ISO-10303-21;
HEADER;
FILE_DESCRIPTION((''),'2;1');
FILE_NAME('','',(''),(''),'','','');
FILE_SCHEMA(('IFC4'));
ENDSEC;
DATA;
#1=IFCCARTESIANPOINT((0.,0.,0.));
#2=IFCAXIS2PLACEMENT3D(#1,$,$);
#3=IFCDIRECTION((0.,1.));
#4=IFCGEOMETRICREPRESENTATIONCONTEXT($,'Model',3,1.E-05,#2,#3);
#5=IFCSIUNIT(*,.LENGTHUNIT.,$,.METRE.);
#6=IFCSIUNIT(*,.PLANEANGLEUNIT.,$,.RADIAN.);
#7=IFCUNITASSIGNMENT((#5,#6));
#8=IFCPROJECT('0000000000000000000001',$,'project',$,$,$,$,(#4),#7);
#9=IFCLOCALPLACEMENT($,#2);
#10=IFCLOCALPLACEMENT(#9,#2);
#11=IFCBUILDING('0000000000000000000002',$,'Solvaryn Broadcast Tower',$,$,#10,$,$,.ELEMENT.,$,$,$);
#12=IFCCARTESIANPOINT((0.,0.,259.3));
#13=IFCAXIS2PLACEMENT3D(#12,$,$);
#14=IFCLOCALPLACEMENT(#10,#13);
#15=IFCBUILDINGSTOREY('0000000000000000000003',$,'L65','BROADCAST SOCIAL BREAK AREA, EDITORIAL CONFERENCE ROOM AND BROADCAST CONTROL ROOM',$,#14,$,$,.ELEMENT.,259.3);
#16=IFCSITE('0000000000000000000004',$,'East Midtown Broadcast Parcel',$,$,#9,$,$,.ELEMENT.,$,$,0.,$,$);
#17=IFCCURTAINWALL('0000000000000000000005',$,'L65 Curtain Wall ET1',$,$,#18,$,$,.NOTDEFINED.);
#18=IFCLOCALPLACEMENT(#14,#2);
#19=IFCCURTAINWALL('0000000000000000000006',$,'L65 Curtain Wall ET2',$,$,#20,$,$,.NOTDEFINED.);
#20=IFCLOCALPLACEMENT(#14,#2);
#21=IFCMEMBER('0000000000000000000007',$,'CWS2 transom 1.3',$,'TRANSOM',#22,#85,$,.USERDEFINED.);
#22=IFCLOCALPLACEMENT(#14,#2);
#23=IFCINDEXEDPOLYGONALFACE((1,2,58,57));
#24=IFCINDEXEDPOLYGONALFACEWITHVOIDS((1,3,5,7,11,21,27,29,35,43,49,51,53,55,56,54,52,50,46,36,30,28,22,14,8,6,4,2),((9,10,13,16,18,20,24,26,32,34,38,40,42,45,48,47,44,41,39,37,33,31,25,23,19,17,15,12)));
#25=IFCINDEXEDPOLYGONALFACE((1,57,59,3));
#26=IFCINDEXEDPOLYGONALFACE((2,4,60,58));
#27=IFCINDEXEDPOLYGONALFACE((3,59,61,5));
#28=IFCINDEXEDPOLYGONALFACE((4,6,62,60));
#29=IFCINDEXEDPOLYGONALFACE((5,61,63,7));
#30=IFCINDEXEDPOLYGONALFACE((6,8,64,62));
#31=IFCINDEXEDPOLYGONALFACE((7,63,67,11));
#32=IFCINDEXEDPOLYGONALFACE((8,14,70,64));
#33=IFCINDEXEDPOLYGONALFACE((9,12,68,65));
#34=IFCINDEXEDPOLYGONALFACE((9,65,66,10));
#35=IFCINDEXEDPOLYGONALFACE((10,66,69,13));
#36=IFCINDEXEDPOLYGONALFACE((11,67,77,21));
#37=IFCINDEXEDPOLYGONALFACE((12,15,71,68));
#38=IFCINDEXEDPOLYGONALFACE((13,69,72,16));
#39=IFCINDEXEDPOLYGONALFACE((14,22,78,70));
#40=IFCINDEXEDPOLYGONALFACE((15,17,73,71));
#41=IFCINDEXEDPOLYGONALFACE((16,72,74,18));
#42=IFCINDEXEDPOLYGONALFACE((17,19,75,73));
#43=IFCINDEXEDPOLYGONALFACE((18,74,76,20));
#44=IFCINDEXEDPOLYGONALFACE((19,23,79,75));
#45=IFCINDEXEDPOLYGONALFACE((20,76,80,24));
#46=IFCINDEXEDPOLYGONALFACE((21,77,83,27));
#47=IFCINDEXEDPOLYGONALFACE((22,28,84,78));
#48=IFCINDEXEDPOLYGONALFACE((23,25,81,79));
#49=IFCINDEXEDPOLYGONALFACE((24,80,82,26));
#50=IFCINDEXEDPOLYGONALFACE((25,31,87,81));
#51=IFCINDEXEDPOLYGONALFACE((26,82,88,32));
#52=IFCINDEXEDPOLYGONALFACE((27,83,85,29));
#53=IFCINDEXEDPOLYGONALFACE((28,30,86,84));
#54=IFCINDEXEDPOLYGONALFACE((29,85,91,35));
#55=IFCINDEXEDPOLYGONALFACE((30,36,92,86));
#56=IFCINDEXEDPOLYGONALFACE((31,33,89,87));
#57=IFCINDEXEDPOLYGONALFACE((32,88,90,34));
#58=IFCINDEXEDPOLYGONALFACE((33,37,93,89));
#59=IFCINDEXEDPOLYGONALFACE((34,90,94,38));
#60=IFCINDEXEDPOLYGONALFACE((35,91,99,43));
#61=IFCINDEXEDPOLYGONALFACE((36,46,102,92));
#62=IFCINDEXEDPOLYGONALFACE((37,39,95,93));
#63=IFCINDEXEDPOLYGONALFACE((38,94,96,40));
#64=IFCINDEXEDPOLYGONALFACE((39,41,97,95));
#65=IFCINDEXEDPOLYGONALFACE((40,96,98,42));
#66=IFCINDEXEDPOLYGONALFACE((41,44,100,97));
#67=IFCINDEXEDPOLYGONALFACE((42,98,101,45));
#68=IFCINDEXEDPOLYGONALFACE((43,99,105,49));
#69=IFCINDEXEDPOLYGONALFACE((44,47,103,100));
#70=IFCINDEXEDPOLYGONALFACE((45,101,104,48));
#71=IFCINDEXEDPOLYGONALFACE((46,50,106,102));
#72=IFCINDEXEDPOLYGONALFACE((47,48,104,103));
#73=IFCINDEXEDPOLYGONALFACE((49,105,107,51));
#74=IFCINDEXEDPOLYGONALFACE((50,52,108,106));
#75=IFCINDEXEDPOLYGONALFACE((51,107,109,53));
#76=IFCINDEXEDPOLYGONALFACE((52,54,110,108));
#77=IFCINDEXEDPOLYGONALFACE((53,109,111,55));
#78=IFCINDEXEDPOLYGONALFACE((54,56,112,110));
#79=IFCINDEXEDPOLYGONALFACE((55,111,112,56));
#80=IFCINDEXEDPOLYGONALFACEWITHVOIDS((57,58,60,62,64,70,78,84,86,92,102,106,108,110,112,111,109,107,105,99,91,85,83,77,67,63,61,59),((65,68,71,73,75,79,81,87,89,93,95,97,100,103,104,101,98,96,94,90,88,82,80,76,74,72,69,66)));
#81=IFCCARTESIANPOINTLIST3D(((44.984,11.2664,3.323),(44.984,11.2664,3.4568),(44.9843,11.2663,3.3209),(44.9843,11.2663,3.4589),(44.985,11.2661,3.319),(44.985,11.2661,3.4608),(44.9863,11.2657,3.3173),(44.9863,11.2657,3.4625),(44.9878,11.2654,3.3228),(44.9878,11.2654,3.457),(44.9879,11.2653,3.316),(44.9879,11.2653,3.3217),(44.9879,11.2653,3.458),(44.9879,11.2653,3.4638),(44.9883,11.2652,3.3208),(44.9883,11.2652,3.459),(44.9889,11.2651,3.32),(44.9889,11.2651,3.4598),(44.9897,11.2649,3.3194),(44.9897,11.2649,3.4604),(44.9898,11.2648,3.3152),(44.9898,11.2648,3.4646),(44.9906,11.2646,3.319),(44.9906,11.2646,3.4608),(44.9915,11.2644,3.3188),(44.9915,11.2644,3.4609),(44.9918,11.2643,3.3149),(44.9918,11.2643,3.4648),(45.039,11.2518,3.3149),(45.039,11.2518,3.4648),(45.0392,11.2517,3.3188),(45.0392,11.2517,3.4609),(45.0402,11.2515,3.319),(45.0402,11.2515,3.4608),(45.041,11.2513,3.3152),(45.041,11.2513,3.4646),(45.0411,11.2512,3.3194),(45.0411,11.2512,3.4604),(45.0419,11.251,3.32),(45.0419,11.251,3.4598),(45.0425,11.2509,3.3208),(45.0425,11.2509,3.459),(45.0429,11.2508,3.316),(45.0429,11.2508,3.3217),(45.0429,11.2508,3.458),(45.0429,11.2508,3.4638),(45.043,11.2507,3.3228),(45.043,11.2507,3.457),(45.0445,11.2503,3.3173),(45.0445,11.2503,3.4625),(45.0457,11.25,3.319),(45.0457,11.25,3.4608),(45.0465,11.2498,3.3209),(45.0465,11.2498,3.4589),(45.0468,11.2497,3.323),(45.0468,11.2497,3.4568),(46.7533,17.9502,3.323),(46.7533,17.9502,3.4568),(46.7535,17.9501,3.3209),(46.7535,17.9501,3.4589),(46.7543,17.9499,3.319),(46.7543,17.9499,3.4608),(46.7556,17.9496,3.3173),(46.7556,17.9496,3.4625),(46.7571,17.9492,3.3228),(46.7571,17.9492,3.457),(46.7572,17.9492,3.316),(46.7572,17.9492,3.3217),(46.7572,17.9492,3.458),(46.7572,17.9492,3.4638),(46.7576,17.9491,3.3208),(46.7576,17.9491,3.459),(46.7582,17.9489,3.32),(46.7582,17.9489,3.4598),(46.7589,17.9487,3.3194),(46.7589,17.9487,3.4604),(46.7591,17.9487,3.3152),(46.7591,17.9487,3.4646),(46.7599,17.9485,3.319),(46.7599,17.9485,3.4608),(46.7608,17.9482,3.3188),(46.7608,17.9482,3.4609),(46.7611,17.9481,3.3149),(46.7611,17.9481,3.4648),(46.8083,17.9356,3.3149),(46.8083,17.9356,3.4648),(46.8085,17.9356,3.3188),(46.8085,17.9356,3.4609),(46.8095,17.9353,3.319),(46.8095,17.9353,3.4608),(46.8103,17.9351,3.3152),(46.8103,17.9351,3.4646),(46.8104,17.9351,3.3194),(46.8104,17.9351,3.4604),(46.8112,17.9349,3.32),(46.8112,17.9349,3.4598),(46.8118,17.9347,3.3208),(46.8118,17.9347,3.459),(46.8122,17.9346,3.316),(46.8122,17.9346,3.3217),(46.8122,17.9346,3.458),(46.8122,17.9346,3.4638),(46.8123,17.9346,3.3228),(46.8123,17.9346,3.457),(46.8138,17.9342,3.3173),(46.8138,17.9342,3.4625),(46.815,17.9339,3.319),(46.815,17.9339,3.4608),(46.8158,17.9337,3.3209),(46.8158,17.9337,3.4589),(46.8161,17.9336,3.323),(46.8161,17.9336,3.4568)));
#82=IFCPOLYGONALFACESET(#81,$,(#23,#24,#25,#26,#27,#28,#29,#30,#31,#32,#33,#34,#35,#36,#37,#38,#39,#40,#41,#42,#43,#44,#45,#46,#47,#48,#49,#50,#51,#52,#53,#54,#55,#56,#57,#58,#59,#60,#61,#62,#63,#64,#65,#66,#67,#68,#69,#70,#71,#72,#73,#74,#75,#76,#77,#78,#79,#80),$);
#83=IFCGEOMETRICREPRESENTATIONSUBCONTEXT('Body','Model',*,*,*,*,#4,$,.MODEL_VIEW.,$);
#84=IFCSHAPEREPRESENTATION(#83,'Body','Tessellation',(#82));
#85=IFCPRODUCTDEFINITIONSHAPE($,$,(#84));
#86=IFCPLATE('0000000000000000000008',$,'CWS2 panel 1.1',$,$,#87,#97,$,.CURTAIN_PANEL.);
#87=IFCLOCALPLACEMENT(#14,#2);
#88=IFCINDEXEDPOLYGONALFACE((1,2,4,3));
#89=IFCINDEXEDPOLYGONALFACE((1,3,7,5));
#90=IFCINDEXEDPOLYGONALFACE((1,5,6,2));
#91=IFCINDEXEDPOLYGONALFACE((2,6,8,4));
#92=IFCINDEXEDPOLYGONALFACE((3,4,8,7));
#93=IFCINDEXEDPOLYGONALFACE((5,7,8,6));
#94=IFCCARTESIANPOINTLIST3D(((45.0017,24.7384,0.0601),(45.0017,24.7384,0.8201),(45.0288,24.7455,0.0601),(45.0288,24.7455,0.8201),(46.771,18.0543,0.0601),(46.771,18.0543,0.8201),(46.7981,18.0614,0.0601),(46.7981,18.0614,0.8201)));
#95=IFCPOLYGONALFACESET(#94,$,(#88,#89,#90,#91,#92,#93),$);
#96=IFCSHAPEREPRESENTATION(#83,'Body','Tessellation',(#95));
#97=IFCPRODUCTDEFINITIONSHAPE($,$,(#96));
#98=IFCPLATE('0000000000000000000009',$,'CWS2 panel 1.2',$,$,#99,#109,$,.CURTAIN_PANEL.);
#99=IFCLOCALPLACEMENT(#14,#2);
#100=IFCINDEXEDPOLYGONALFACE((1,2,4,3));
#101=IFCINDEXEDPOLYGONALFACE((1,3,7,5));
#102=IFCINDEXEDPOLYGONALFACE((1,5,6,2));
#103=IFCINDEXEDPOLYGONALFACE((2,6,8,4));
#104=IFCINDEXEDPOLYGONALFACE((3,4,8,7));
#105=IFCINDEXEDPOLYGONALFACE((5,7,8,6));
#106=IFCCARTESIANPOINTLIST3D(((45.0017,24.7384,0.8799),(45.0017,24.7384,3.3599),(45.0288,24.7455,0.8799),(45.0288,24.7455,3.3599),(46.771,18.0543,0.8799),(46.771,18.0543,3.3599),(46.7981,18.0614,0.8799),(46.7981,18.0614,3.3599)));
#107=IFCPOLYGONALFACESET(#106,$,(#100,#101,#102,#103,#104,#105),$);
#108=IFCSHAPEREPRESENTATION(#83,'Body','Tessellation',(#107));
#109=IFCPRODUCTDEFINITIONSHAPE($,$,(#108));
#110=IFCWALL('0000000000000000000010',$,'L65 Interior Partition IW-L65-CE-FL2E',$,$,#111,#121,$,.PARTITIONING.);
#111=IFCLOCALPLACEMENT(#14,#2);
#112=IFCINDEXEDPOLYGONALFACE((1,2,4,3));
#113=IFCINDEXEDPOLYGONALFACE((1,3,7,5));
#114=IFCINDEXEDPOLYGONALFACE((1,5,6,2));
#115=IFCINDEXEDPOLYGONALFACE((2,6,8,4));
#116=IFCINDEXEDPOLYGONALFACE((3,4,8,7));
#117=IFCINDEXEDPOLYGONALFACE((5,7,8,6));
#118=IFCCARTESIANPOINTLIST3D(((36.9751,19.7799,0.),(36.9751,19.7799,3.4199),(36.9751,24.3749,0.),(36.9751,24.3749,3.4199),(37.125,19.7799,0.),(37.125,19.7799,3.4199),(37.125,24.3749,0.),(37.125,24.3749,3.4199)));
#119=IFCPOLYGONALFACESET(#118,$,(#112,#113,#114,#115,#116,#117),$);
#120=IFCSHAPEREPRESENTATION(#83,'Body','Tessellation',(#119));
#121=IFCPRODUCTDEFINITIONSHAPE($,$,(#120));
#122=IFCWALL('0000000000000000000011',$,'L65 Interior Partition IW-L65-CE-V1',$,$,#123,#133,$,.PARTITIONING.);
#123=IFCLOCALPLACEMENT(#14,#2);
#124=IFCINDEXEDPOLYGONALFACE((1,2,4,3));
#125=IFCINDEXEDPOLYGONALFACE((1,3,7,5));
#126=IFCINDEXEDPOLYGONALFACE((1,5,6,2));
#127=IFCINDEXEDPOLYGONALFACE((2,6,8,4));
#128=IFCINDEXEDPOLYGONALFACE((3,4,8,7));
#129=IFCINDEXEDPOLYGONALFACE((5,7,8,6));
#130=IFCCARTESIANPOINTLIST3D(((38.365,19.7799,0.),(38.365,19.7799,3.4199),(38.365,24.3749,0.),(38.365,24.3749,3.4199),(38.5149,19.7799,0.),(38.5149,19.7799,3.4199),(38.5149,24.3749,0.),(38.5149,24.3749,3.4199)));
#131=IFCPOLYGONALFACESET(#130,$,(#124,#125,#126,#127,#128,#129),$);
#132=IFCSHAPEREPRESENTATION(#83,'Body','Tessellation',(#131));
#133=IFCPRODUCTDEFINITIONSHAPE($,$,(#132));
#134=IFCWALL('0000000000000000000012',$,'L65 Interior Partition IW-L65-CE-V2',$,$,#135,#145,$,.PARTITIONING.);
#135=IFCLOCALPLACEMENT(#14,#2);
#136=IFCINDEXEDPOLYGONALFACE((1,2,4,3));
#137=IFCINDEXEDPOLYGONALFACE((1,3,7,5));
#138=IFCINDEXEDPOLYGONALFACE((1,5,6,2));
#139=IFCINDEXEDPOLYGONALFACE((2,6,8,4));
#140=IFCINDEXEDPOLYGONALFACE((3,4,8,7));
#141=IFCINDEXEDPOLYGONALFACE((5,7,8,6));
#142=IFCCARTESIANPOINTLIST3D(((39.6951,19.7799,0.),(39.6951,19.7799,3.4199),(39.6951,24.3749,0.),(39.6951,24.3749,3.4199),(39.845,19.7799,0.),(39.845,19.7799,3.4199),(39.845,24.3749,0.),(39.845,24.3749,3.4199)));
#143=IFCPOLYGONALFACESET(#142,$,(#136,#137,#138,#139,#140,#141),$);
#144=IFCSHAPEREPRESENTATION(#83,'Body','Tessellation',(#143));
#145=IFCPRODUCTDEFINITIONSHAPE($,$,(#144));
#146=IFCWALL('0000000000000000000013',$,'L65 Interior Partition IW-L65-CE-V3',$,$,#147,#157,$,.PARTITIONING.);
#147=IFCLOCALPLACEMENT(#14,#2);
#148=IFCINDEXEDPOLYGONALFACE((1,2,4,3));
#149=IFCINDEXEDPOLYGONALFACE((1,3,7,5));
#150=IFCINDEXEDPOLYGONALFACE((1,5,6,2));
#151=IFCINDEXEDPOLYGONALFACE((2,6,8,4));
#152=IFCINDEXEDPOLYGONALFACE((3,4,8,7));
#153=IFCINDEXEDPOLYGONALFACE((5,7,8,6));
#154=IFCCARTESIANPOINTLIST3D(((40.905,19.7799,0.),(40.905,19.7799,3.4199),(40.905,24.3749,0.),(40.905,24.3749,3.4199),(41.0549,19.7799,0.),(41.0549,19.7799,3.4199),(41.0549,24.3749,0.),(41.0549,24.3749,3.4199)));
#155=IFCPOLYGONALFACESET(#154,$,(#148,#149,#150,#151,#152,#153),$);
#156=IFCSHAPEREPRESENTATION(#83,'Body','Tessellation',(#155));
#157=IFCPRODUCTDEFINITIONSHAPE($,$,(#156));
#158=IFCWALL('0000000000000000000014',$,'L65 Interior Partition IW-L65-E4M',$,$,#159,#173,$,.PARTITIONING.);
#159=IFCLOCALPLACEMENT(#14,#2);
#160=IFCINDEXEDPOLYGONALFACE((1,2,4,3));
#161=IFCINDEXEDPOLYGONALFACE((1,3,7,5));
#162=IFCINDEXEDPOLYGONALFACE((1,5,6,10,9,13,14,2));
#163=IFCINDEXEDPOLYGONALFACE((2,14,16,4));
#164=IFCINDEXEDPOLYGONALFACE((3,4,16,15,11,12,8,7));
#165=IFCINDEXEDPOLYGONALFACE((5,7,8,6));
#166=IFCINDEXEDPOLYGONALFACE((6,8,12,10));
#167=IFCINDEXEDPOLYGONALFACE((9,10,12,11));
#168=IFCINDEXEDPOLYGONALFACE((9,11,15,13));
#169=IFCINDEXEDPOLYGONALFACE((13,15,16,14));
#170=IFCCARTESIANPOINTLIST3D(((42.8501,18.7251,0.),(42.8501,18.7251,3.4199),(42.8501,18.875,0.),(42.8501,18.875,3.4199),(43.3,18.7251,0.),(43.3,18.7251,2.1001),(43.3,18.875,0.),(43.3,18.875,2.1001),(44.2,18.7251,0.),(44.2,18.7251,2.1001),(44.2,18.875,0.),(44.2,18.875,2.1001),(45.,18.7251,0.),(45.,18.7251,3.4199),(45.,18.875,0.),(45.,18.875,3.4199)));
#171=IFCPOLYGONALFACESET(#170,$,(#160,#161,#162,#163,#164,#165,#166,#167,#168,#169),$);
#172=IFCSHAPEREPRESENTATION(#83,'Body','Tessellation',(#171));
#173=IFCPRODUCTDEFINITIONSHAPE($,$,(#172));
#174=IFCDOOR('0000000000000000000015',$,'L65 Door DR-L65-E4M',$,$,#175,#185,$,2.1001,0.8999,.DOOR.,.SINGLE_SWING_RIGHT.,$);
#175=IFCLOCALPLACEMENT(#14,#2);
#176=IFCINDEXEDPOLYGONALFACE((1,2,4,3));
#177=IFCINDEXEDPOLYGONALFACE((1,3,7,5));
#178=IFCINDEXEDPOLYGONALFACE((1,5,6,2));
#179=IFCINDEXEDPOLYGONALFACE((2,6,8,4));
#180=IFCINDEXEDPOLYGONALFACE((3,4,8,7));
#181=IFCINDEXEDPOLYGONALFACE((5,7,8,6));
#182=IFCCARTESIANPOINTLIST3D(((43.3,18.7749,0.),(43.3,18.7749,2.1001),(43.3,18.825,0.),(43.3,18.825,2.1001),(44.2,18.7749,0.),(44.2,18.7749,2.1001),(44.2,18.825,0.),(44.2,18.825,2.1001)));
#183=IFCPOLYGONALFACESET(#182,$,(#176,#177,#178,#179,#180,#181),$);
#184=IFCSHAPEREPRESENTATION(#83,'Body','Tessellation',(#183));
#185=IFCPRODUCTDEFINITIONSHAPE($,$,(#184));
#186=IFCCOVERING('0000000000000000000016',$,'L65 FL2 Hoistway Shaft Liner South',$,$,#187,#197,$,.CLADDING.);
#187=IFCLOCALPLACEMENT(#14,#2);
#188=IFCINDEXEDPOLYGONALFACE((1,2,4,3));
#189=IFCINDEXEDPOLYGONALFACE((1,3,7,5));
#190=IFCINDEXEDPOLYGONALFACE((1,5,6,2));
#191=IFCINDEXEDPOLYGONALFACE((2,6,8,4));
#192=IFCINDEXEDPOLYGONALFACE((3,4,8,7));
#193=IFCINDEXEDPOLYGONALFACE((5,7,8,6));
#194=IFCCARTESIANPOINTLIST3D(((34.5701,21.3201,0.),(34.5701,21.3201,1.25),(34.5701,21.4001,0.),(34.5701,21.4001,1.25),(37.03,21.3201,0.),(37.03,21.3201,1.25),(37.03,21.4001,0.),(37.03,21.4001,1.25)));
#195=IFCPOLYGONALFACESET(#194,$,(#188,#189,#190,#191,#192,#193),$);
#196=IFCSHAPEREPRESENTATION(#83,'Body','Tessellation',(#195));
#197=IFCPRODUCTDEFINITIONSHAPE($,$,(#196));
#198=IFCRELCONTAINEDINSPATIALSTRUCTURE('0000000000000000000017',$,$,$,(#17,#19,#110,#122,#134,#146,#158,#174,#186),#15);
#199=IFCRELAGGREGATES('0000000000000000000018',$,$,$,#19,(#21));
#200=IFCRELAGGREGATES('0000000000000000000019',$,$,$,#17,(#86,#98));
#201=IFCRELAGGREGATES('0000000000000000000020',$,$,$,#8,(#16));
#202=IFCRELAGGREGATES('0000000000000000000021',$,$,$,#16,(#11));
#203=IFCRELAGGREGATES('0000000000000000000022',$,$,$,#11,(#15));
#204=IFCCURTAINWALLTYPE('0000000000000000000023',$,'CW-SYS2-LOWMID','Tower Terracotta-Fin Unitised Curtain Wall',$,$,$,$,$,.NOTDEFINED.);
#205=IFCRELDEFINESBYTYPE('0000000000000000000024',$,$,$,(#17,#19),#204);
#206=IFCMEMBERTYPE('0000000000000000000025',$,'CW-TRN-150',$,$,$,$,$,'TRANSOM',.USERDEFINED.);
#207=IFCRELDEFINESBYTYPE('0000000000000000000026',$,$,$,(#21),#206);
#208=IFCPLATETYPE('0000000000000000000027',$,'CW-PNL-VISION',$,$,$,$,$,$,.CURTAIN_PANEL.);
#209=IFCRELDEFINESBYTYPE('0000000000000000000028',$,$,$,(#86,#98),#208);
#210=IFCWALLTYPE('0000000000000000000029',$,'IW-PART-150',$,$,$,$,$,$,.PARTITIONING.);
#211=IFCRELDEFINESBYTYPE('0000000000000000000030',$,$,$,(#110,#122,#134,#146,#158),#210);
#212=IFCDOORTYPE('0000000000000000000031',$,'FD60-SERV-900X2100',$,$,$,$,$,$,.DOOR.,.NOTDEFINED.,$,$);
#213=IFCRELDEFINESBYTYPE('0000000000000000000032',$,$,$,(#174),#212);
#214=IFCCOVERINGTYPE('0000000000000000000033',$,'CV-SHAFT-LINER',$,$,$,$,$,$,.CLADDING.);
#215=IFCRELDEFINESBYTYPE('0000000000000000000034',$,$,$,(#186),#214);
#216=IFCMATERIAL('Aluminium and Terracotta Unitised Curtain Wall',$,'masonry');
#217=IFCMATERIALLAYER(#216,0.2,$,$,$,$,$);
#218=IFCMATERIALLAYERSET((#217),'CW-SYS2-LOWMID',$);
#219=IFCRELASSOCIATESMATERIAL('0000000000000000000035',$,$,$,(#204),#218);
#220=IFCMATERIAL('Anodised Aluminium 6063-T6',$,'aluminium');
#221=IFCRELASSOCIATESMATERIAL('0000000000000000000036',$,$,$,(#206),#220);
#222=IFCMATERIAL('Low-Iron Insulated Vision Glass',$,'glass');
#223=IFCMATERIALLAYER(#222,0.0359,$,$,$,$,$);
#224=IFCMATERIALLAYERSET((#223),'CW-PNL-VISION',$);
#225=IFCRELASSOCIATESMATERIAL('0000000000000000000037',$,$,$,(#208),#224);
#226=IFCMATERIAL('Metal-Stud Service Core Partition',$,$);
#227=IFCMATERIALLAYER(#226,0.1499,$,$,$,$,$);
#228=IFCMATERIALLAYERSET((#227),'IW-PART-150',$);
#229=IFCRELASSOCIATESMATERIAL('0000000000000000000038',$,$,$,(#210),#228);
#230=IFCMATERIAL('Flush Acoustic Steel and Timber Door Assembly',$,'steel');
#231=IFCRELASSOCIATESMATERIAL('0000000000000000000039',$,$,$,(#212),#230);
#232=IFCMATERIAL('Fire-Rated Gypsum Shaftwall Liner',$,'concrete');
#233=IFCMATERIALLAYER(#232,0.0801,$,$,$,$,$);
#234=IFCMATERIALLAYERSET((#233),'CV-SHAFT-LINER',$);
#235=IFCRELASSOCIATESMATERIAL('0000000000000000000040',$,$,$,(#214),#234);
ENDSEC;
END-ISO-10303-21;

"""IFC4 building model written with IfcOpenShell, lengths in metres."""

from ifc_helpers import new_model, si_unit, direction, frame, frame_2d, origin, origin_2d, place, context, subcontext, project, spatial, rectangle, hollow_rectangle, extrude, material, layer, layer_set, material_profile, profile_set, type_object, element, fill, aggregate, save


model = new_model("IFC4")

# Units and contexts
model_context = context("Model", 3, precision=1e-05, world=origin(), true_north=direction((0.0, 1.0)))
body_context = subcontext(model_context, "Body", "Model", "MODEL_VIEW")
ifc_project = project(units=[si_unit("LENGTHUNIT", "METRE"), si_unit("PLANEANGLEUNIT", "RADIAN")], contexts=[model_context])

# Site, building, storey
site_placement = place(None, origin())
site = spatial("IfcSite", under=ifc_project, at=site_placement, Name="East Midtown Broadcast Parcel", CompositionType="ELEMENT", RefElevation=0.0)
building_placement = place(site_placement, origin())
building = spatial("IfcBuilding", under=site, at=building_placement, Name="Solvaryn Broadcast Tower", CompositionType="ELEMENT")
storey_placement = place(building_placement, frame((0.0, 0.0, 259.3)))
storey = spatial("IfcBuildingStorey", under=building, at=storey_placement, Name="L65", Description="BROADCAST SOCIAL BREAK AREA, EDITORIAL CONFERENCE ROOM AND BROADCAST CONTROL ROOM", CompositionType="ELEMENT", Elevation=259.3)

# Curtain wall
ifc_material_1 = material(Name="Aluminium and Terracotta Unitised Curtain Wall", Category="masonry")
ifc_layer_1 = layer(ifc_material_1, 0.2)
ifc_layer_set_1 = layer_set([ifc_layer_1], Name="CW-SYS2-LOWMID")
curtain_wall_type = type_object("IfcCurtainWallType", Name="CW-SYS2-LOWMID", Description="Tower Terracotta-Fin Unitised Curtain Wall", PredefinedType="NOTDEFINED", material=ifc_layer_set_1)
curtain_wall_1_placement = place(storey_placement, origin())
curtain_wall_1 = element("IfcCurtainWall", 1, at=curtain_wall_1_placement, inside=storey, type_object=curtain_wall_type, Name="L65 Curtain Wall ET1", PredefinedType="NOTDEFINED")

# Curtain wall, member
curtain_wall_2_placement = place(storey_placement, origin())
curtain_wall_2 = element("IfcCurtainWall", 2, at=curtain_wall_2_placement, inside=storey, type_object=curtain_wall_type, Name="L65 Curtain Wall ET2", PredefinedType="NOTDEFINED")
ifc_material_2 = material(Name="Anodised Aluminium 6063-T6", Category="aluminium")
ifc_material_profile_1 = material_profile(ifc_material_2, hollow_rectangle(XDim=0.0649, YDim=0.1499, WallThickness=0.0039, InnerFilletRadius=0.0039, OuterFilletRadius=0.0081, at=origin_2d()))
ifc_profile_set_1 = profile_set([ifc_material_profile_1], Name="Anodised Aluminium 6063-T6")
member_type_1 = type_object("IfcMemberType", Name="CW-TRN-150", ElementType="TRANSOM", PredefinedType="USERDEFINED", material=ifc_profile_set_1)
member_1_placement = place(storey_placement, frame((46.7847, 17.9419, 3.3899), z_axis=(-0.255897, -0.966704, 0.0), x_axis=(0.966704, -0.255897, 0.0)))
member_1 = element("IfcMember", 3, at=member_1_placement, type_object=member_type_1, Name="CWS2 transom 1.3", ObjectType="TRANSOM", PredefinedType="USERDEFINED", context=body_context, shape_type="SweptSolid", body=[
    extrude(hollow_rectangle(XDim=0.0649, YDim=0.1499, WallThickness=0.0039, InnerFilletRadius=0.0039, OuterFilletRadius=0.0081, at=origin_2d()), origin(), (0.0, 0.0, 1.0), 6.9141),
])
aggregate(curtain_wall_2, [member_1])

# Plates
ifc_material_3 = material(Name="Low-Iron Insulated Vision Glass", Category="glass")
ifc_layer_2 = layer(ifc_material_3, 0.0359)
ifc_layer_set_2 = layer_set([ifc_layer_2], Name="CW-PNL-VISION")
plate_type = type_object("IfcPlateType", Name="CW-PNL-VISION", PredefinedType="CURTAIN_PANEL", material=ifc_layer_set_2)
plate_1_placement = place(storey_placement, frame((45.8999, 21.3999, 0.0601), z_axis=(0.0, 0.0, 1.0), x_axis=(0.255893, -0.966705, 0.0)))
plate_1 = element("IfcPlate", 4, at=plate_1_placement, type_object=plate_type, Name="CWS2 panel 1.1", PredefinedType="CURTAIN_PANEL", context=body_context, shape_type="SweptSolid", body=[
    extrude(rectangle(XDim=6.9143, YDim=0.0281, at=origin_2d()), origin(), (0.0, 0.0, 1.0), 0.76),
])
plate_2_placement = place(storey_placement, frame((45.8999, 21.3999, 0.8799), z_axis=(0.0, 0.0, 1.0), x_axis=(0.255893, -0.966705, 0.0)))
plate_2 = element("IfcPlate", 5, at=plate_2_placement, type_object=plate_type, Name="CWS2 panel 1.2", PredefinedType="CURTAIN_PANEL", context=body_context, shape_type="SweptSolid", body=[
    extrude(rectangle(XDim=6.9143, YDim=0.0281, at=origin_2d()), origin(), (0.0, 0.0, 1.0), 2.48),
])
aggregate(curtain_wall_1, [plate_1, plate_2])

# Walls
ifc_material_4 = material(Name="Metal-Stud Service Core Partition")
ifc_layer_3 = layer(ifc_material_4, 0.1499)
ifc_layer_set_3 = layer_set([ifc_layer_3], Name="IW-PART-150")
wall_type_1 = type_object("IfcWallType", Name="IW-PART-150", PredefinedType="PARTITIONING", material=ifc_layer_set_3)
for number, where, z_axis, x_axis, name in (
    (6, (37.05, 19.78, 0.0), (0.0, 0.0, 1.0), (0.0, 1.0, 0.0), "L65 Interior Partition IW-L65-CE-FL2E"),
    (7, (38.4399, 19.78, 0.0), (0.0, 0.0, 1.0), (0.0, 1.0, 0.0), "L65 Interior Partition IW-L65-CE-V1"),
    (8, (39.77, 19.78, 0.0), (0.0, 0.0, 1.0), (0.0, 1.0, 0.0), "L65 Interior Partition IW-L65-CE-V2"),
    (9, (40.98, 19.78, 0.0), (0.0, 0.0, 1.0), (0.0, 1.0, 0.0), "L65 Interior Partition IW-L65-CE-V3"),
):
    element("IfcWall", number, at=place(storey_placement, frame(where, z_axis=z_axis, x_axis=x_axis)), inside=storey, type_object=wall_type_1, Name=name, PredefinedType="PARTITIONING", context=body_context, shape_type="SweptSolid", body=[
        extrude(rectangle(XDim=4.595, YDim=0.1499, at=frame_2d((2.2974, 0.0))), origin(), (0.0, 0.0, 1.0), 3.4199),
    ])

# Wall, opening, door
wall_1_placement = place(storey_placement, frame((42.8501, 18.8, 0.0), z_axis=(0.0, 0.0, 1.0), x_axis=(1.0, 0.0, 0.0)))
wall_1 = element("IfcWall", 10, at=wall_1_placement, inside=storey, type_object=wall_type_1, Name="L65 Interior Partition IW-L65-E4M", PredefinedType="PARTITIONING", context=body_context, shape_type="SweptSolid", body=[
    extrude(rectangle(XDim=2.1499, YDim=0.1499, at=frame_2d((1.075, 0.0))), origin(), (0.0, 0.0, 1.0), 3.4199),
])
opening_1_placement = place(wall_1_placement, frame((0.45, 0.0, 0.0)))
opening_1 = element("IfcOpeningElement", 11, at=opening_1_placement, cuts=wall_1, PredefinedType="OPENING", context=body_context, shape_type="SweptSolid", body=[
    extrude(rectangle(XDim=0.8999, YDim=2.1001, at=frame_2d((0.45, 1.05))), frame((0.0, 0.085, 0.0), z_axis=(0.0, -1.0, 0.0), x_axis=(1.0, 0.0, 0.0)), (0.0, 0.0, 1.0), 0.1699),
])
ifc_material_5 = material(Name="Flush Acoustic Steel and Timber Door Assembly", Category="steel")
door_type_1 = type_object("IfcDoorType", Name="FD60-SERV-900X2100", OperationType="NOTDEFINED", PredefinedType="DOOR", material=ifc_material_5)
door_1_placement = place(opening_1_placement, origin())
door_1 = element("IfcDoor", 12, at=door_1_placement, inside=storey, type_object=door_type_1, Name="L65 Door DR-L65-E4M", OperationType="SINGLE_SWING_RIGHT", OverallHeight=2.1001, OverallWidth=0.8999, PredefinedType="DOOR", context=body_context, shape_type="SweptSolid", body=[
    extrude(rectangle(XDim=0.8999, YDim=2.1001, at=frame_2d((0.45, 1.05))), frame((0.0, 0.0249, 0.0), z_axis=(0.0, -1.0, 0.0), x_axis=(1.0, 0.0, 0.0)), (0.0, 0.0, 1.0), 0.05),
])
fill(opening_1, door_1)

# Covering
ifc_material_6 = material(Name="Fire-Rated Gypsum Shaftwall Liner", Category="concrete")
ifc_layer_4 = layer(ifc_material_6, 0.0801)
ifc_layer_set_4 = layer_set([ifc_layer_4], Name="CV-SHAFT-LINER")
covering_type_1 = type_object("IfcCoveringType", Name="CV-SHAFT-LINER", PredefinedType="CLADDING", material=ifc_layer_set_4)
covering_1_placement = place(storey_placement, frame((35.8, 21.3601, 0.0), z_axis=(0.0, 0.0, 1.0), x_axis=(1.0, 0.0, 0.0)))
element("IfcCovering", 13, at=covering_1_placement, inside=storey, type_object=covering_type_1, Name="L65 FL2 Hoistway Shaft Liner South", PredefinedType="CLADDING", context=body_context, shape_type="SweptSolid", body=[
    extrude(rectangle(XDim=2.46, YDim=0.0801, at=origin_2d()), origin(), (0.0, 0.0, 1.0), 1.25),
])

save(model, "model.ifc")
